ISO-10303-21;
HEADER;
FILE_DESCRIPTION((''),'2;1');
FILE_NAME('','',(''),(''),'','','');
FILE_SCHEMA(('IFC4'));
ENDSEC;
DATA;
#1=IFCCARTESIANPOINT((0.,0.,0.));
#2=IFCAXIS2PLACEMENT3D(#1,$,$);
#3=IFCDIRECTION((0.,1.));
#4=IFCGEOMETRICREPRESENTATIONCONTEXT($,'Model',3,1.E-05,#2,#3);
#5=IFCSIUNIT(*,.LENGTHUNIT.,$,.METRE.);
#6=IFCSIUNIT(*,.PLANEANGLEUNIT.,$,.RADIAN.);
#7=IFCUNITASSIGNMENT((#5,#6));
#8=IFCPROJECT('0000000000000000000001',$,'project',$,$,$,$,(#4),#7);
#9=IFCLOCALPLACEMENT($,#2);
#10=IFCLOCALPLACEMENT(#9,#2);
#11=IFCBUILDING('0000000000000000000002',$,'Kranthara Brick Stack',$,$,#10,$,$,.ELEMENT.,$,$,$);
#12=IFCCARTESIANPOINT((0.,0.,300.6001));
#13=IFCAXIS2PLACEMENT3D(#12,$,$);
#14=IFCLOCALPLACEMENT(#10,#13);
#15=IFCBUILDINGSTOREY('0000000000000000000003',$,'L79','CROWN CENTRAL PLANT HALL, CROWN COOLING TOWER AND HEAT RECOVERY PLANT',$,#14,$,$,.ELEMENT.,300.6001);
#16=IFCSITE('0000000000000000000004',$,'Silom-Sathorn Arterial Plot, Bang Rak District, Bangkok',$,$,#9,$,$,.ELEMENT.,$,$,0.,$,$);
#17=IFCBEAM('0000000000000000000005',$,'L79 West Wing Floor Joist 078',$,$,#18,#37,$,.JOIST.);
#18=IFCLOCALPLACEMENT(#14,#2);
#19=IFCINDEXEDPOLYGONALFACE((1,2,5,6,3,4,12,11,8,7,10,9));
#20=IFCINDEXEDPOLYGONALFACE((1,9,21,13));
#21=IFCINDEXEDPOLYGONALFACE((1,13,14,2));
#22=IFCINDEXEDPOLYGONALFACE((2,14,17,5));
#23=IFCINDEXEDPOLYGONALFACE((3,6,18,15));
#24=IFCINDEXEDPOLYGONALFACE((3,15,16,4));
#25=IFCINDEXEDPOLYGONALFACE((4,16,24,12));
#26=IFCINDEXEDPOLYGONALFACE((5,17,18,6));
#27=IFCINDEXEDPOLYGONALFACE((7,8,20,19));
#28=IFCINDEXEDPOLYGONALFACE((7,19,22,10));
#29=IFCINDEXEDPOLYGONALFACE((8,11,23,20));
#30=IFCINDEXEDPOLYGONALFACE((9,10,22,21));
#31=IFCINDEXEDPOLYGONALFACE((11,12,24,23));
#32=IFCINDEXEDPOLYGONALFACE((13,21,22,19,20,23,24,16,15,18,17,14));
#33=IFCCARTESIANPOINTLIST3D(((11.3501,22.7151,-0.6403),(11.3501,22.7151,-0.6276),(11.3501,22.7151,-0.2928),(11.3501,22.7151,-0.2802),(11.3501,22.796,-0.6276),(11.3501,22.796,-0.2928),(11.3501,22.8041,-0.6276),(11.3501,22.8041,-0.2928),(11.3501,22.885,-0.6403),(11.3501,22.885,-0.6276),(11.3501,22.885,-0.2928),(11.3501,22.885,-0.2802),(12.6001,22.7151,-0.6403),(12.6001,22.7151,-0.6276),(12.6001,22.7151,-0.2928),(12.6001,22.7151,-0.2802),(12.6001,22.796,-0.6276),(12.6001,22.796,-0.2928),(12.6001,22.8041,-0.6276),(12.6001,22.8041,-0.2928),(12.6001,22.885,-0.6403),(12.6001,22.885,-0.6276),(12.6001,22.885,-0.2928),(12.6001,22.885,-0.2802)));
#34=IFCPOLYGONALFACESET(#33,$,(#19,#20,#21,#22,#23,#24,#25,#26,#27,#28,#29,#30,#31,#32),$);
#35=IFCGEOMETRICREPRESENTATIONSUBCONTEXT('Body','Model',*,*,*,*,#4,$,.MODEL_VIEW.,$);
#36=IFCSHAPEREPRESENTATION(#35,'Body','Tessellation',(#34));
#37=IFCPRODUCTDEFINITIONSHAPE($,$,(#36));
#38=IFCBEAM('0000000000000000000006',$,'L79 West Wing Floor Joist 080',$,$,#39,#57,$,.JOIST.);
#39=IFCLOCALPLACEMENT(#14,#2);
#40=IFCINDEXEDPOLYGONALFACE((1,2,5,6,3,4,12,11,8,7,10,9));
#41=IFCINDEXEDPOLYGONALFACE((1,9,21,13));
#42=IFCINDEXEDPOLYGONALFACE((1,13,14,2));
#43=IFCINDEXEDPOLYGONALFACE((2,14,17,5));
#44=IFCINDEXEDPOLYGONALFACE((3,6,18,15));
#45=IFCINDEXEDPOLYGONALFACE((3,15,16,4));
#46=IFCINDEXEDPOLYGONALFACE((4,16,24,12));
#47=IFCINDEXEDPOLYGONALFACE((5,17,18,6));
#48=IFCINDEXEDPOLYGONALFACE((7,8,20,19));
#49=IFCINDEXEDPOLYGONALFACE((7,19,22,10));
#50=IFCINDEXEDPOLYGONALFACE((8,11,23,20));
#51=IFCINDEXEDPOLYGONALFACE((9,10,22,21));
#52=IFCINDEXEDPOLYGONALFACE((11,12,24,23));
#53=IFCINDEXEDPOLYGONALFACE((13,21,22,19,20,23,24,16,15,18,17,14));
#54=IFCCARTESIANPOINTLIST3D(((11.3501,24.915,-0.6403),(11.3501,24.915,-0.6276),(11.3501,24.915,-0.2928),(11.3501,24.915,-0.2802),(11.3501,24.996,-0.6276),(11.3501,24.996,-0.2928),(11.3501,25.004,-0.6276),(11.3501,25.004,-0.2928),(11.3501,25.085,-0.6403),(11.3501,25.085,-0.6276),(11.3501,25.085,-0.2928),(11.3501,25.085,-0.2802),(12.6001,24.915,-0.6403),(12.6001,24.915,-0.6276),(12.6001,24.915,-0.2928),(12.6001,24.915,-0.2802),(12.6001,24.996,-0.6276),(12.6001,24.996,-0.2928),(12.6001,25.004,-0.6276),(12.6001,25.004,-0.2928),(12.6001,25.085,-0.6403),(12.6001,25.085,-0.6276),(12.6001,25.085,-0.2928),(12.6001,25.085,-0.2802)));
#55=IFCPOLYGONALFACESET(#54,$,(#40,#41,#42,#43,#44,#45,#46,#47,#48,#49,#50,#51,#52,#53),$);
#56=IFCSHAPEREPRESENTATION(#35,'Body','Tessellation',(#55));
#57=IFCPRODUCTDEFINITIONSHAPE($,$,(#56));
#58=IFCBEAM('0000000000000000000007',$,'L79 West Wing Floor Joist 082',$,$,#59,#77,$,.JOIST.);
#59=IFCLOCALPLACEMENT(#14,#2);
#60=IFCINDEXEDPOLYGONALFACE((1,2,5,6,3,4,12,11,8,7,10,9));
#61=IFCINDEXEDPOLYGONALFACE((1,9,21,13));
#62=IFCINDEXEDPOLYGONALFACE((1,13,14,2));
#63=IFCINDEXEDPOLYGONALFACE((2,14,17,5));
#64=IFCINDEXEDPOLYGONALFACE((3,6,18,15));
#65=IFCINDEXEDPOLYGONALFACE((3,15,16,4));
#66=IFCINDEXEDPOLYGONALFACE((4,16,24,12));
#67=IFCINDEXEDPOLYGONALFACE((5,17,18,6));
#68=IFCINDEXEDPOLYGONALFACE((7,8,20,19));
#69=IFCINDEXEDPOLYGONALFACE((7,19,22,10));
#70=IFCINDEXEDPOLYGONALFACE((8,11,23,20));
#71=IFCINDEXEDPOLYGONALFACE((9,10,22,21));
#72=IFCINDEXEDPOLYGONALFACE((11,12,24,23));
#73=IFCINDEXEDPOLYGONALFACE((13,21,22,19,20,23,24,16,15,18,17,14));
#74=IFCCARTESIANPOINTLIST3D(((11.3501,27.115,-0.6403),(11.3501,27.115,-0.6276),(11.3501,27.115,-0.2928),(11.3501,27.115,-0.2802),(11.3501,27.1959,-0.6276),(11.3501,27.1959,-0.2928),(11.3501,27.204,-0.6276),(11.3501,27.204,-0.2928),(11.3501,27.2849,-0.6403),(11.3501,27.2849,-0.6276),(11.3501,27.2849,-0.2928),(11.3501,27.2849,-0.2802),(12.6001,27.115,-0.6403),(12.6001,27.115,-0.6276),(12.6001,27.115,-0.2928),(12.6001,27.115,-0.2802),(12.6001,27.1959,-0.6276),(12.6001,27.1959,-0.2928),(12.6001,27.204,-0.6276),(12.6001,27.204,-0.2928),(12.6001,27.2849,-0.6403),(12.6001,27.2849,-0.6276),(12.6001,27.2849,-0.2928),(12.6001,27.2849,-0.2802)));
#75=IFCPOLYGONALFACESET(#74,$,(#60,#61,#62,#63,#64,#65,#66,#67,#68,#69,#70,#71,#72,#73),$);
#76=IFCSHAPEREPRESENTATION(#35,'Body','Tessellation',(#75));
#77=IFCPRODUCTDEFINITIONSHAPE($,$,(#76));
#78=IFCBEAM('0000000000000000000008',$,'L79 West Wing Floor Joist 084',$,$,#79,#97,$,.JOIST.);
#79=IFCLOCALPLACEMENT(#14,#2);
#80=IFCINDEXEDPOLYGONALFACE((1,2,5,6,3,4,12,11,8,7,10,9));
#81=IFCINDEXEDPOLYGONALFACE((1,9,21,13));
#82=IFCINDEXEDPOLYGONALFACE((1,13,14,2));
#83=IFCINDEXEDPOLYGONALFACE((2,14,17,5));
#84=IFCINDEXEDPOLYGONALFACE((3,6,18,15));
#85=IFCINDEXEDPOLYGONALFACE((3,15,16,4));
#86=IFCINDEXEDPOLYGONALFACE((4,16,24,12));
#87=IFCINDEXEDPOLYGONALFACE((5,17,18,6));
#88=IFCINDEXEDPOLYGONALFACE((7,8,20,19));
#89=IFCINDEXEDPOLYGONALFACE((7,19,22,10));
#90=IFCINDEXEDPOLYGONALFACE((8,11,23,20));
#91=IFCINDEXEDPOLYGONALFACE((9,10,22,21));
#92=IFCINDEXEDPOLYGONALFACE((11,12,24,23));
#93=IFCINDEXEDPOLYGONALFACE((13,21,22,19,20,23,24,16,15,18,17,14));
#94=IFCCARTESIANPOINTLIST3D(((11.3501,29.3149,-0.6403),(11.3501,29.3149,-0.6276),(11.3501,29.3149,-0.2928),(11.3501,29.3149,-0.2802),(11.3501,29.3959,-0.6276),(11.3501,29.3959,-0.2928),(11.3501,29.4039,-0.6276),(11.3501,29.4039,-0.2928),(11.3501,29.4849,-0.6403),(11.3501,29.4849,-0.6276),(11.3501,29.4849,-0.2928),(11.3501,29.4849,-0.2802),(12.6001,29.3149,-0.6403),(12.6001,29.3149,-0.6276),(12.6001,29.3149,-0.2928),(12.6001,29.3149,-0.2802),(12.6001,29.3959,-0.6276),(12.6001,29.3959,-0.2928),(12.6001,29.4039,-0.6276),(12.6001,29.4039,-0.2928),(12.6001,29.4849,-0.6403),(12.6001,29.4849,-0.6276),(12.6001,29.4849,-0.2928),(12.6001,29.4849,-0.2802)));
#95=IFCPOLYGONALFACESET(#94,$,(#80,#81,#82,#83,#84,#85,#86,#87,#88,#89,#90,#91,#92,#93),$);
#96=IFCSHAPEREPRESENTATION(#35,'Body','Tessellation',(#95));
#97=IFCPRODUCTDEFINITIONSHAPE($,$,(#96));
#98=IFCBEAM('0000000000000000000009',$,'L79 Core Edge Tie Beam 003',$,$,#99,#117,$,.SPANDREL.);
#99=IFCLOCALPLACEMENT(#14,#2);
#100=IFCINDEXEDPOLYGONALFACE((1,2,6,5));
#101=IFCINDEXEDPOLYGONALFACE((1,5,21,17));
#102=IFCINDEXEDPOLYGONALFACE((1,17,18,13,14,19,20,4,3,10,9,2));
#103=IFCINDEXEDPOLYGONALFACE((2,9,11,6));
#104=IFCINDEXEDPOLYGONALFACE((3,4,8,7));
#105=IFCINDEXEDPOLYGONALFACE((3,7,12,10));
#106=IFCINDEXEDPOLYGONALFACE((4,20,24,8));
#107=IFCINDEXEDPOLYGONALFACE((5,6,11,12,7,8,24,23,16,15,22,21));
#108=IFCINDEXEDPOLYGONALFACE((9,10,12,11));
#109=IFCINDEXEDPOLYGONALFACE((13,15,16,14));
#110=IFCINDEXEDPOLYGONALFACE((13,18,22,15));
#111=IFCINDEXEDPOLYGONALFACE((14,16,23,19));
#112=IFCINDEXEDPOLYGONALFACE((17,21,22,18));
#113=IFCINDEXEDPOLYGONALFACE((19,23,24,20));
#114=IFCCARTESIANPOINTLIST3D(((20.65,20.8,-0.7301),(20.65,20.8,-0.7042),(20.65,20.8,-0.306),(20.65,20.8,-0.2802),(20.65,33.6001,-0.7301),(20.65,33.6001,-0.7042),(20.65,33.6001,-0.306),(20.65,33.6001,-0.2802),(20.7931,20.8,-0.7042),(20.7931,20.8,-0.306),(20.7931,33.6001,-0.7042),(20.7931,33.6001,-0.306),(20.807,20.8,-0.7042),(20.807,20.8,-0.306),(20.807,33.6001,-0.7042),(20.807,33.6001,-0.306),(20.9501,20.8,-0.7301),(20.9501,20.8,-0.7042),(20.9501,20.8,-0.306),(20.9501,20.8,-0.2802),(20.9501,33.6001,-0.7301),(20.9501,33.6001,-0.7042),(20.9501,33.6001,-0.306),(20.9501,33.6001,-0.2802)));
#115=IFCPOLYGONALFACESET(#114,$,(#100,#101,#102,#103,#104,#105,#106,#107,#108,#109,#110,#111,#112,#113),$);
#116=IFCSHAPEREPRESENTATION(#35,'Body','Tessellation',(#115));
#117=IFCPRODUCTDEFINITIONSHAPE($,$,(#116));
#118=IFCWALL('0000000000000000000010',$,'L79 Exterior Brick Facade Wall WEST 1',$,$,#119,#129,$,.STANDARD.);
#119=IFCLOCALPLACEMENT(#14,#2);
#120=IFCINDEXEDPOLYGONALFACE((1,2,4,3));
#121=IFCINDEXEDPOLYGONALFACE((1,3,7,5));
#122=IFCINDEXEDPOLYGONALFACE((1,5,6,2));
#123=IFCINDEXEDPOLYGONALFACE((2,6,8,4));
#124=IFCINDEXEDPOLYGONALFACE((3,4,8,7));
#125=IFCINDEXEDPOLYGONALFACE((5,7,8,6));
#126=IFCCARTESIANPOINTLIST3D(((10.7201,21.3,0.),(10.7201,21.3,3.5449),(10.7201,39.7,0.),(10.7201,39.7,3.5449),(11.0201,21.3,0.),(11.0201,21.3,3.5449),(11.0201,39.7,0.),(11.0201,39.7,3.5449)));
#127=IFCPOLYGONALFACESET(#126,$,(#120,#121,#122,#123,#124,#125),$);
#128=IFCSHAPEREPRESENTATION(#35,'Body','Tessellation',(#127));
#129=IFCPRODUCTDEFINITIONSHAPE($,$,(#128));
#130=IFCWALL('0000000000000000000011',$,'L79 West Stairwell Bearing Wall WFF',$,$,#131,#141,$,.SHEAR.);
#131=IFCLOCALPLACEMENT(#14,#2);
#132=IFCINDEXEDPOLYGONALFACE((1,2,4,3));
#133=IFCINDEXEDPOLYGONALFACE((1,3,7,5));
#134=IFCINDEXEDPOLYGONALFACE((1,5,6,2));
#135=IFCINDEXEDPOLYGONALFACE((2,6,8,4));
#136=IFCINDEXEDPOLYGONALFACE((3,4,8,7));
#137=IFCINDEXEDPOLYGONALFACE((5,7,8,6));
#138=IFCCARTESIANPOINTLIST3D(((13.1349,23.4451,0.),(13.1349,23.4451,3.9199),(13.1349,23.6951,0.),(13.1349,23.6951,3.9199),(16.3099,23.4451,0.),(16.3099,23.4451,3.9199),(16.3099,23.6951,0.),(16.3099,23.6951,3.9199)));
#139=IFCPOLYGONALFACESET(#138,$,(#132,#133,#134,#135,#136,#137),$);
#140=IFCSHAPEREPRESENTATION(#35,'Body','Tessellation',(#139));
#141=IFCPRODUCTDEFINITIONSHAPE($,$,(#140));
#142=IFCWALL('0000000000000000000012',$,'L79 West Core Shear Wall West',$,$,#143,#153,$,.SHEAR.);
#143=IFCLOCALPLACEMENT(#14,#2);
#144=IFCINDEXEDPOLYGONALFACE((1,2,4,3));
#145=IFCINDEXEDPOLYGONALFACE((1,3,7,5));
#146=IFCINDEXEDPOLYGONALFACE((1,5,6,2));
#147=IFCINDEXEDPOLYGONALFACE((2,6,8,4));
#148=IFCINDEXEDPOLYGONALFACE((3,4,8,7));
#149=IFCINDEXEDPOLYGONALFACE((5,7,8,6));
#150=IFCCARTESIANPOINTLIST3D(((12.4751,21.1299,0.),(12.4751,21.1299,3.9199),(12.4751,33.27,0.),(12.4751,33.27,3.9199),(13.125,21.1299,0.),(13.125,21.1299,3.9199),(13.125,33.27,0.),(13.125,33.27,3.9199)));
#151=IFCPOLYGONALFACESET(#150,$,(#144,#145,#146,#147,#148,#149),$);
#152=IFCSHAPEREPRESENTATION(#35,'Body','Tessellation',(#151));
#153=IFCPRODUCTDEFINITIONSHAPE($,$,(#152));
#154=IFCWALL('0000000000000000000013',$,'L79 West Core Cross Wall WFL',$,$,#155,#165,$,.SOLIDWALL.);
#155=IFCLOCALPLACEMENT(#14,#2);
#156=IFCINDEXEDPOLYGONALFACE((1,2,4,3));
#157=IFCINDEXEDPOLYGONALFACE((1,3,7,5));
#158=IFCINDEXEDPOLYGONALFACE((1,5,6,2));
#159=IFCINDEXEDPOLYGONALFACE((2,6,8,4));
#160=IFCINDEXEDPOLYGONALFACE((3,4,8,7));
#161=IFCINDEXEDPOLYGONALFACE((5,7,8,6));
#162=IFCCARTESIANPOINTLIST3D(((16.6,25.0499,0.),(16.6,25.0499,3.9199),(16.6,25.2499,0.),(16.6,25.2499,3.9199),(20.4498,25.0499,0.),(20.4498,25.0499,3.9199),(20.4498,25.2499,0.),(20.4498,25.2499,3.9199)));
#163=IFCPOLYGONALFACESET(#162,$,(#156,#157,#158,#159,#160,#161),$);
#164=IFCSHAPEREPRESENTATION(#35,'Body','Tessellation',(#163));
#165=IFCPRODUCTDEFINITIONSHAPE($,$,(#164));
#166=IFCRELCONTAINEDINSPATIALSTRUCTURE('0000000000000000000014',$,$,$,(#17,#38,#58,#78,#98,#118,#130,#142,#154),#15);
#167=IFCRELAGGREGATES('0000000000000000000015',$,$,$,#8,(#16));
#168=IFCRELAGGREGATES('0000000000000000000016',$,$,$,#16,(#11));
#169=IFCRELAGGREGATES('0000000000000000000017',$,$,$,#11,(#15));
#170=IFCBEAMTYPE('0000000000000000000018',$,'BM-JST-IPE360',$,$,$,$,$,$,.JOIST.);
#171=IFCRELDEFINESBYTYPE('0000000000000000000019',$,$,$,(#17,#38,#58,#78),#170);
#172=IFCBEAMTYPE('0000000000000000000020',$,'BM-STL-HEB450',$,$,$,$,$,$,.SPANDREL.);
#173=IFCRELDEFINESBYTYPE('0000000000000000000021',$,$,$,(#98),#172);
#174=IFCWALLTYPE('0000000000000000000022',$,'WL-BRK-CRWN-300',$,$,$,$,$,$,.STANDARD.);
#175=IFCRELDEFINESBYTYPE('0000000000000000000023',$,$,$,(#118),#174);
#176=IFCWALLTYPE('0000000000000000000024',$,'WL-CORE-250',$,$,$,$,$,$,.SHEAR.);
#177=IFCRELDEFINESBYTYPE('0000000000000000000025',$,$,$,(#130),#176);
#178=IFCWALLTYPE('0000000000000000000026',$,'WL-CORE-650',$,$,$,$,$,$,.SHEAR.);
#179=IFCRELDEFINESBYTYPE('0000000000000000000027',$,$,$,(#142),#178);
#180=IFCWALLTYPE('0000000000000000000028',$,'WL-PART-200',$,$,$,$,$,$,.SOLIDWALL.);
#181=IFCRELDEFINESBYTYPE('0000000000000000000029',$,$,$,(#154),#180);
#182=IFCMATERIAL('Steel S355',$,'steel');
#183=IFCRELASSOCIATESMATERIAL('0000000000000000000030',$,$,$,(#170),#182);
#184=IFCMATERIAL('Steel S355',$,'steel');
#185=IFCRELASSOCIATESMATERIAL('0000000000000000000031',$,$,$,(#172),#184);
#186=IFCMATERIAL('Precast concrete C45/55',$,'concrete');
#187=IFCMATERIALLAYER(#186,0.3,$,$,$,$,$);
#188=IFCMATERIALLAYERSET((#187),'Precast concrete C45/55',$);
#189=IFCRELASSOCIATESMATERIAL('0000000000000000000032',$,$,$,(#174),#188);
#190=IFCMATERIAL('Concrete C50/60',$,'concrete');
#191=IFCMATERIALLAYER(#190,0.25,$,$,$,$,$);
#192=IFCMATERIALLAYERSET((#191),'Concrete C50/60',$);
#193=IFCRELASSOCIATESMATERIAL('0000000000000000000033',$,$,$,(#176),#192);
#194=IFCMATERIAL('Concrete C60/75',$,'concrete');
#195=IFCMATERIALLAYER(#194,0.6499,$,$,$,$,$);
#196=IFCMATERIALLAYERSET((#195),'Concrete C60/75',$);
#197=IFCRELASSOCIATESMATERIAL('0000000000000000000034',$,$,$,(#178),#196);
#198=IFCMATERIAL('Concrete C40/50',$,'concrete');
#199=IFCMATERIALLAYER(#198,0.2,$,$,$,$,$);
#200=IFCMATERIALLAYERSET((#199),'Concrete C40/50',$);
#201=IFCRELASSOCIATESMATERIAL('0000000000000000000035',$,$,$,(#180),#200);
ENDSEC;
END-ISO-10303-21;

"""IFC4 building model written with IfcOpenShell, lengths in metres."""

from ifc_helpers import new_model, si_unit, direction, frame, frame_2d, origin, origin_2d, place, context, subcontext, project, spatial, rectangle, i_section, extrude, material, layer, layer_set, material_profile, profile_set, type_object, element, save


model = new_model("IFC4")

# Units and contexts
model_context = context("Model", 3, precision=1e-05, world=origin(), true_north=direction((0.0, 1.0)))
body_context = subcontext(model_context, "Body", "Model", "MODEL_VIEW")
ifc_project = project(units=[si_unit("LENGTHUNIT", "METRE"), si_unit("PLANEANGLEUNIT", "RADIAN")], contexts=[model_context])

# Site, building, storey
site_placement = place(None, origin())
site = spatial("IfcSite", under=ifc_project, at=site_placement, Name="Silom-Sathorn Arterial Plot, Bang Rak District, Bangkok", CompositionType="ELEMENT", RefElevation=0.0)
building_placement = place(site_placement, origin())
building = spatial("IfcBuilding", under=site, at=building_placement, Name="Kranthara Brick Stack", CompositionType="ELEMENT")
storey_placement = place(building_placement, frame((0.0, 0.0, 300.6001)))
storey = spatial("IfcBuildingStorey", under=building, at=storey_placement, Name="L79", Description="CROWN CENTRAL PLANT HALL, CROWN COOLING TOWER AND HEAT RECOVERY PLANT", CompositionType="ELEMENT", Elevation=300.6001)

# Beams
ifc_material_1 = material(Name="Steel S355", Category="steel")
ifc_material_profile_1 = material_profile(ifc_material_1, i_section(OverallWidth=0.1699, OverallDepth=0.3601, WebThickness=0.0081, FlangeThickness=0.0127, at=origin_2d()), Name="IPE 360")
ifc_profile_set_1 = profile_set([ifc_material_profile_1], Name="Steel S355")
beam_type_1 = type_object("IfcBeamType", Name="BM-JST-IPE360", PredefinedType="JOIST", material=ifc_profile_set_1)
for number, where, z_axis, x_axis, name in (
    (1, (11.3501, 22.8, -0.4602), (1.0, 0.0, 0.0), (0.0, 1.0, 0.0), "L79 West Wing Floor Joist 078"),
    (2, (11.3501, 25.0, -0.4602), (1.0, 0.0, 0.0), (0.0, 1.0, 0.0), "L79 West Wing Floor Joist 080"),
    (3, (11.3501, 27.2, -0.4602), (1.0, 0.0, 0.0), (0.0, 1.0, 0.0), "L79 West Wing Floor Joist 082"),
    (4, (11.3501, 29.3999, -0.4602), (1.0, 0.0, 0.0), (0.0, 1.0, 0.0), "L79 West Wing Floor Joist 084"),
):
    element("IfcBeam", number, at=place(storey_placement, frame(where, z_axis=z_axis, x_axis=x_axis)), inside=storey, type_object=beam_type_1, Name=name, PredefinedType="JOIST", context=body_context, shape_type="SweptSolid", body=[
        extrude(i_section(OverallWidth=0.1699, OverallDepth=0.3601, WebThickness=0.0081, FlangeThickness=0.0127, at=origin_2d()), origin(), (0.0, 0.0, 1.0), 1.25),
    ])
ifc_material_2 = material(Name="Steel S355", Category="steel")
ifc_material_profile_2 = material_profile(ifc_material_2, i_section(OverallWidth=0.3, OverallDepth=0.45, WebThickness=0.0139, FlangeThickness=0.0259, at=origin_2d()), Name="HEB 450")
ifc_profile_set_2 = profile_set([ifc_material_profile_2], Name="Steel S355")
beam_type_2 = type_object("IfcBeamType", Name="BM-STL-HEB450", PredefinedType="SPANDREL", material=ifc_profile_set_2)
beam_1_placement = place(storey_placement, frame((20.8, 20.8, -0.5051), z_axis=(0.0, 1.0, 0.0), x_axis=(-1.0, 0.0, 0.0)))
element("IfcBeam", 5, at=beam_1_placement, inside=storey, type_object=beam_type_2, Name="L79 Core Edge Tie Beam 003", PredefinedType="SPANDREL", context=body_context, shape_type="SweptSolid", body=[
    extrude(i_section(OverallWidth=0.3, OverallDepth=0.45, WebThickness=0.0139, FlangeThickness=0.0259, at=origin_2d()), origin(), (0.0, 0.0, 1.0), 12.8),
])

# Wall
ifc_material_3 = material(Name="Precast concrete C45/55", Category="concrete")
ifc_layer_1 = layer(ifc_material_3, 0.3)
ifc_layer_set_1 = layer_set([ifc_layer_1], Name="Precast concrete C45/55")
wall_type_1 = type_object("IfcWallType", Name="WL-BRK-CRWN-300", PredefinedType="STANDARD", material=ifc_layer_set_1)
wall_1_placement = place(storey_placement, frame((10.8701, 21.3, 0.0), z_axis=(0.0, 0.0, 1.0), x_axis=(0.0, 1.0, 0.0)))
element("IfcWall", 6, at=wall_1_placement, inside=storey, type_object=wall_type_1, Name="L79 Exterior Brick Facade Wall WEST 1", PredefinedType="STANDARD", context=body_context, shape_type="SweptSolid", body=[
    extrude(rectangle(XDim=18.3999, YDim=0.3, at=frame_2d((9.2, 0.0))), origin(), (0.0, 0.0, 1.0), 3.5449),
])

# Shared definitions
ifc_material_4 = material(Name="Concrete C50/60", Category="concrete")
ifc_layer_2 = layer(ifc_material_4, 0.25)
ifc_layer_set_2 = layer_set([ifc_layer_2], Name="Concrete C50/60")
wall_type_2 = type_object("IfcWallType", Name="WL-CORE-250", PredefinedType="SHEAR", material=ifc_layer_set_2)

# Walls
wall_2_placement = place(storey_placement, frame((13.135, 23.5701, 0.0), z_axis=(0.0, 0.0, 1.0), x_axis=(1.0, 0.0, 0.0)))
element("IfcWall", 7, at=wall_2_placement, inside=storey, type_object=wall_type_2, Name="L79 West Stairwell Bearing Wall WFF", PredefinedType="SHEAR", context=body_context, shape_type="SweptSolid", body=[
    extrude(rectangle(XDim=3.175, YDim=0.25, at=frame_2d((1.5874, 0.0))), origin(), (0.0, 0.0, 1.0), 3.9199),
])
ifc_material_5 = material(Name="Concrete C60/75", Category="concrete")
ifc_layer_3 = layer(ifc_material_5, 0.6499)
ifc_layer_set_3 = layer_set([ifc_layer_3], Name="Concrete C60/75")
wall_type_3 = type_object("IfcWallType", Name="WL-CORE-650", PredefinedType="SHEAR", material=ifc_layer_set_3)
wall_3_placement = place(storey_placement, frame((12.8, 21.1299, 0.0), z_axis=(0.0, 0.0, 1.0), x_axis=(0.0, 1.0, 0.0)))
element("IfcWall", 8, at=wall_3_placement, inside=storey, type_object=wall_type_3, Name="L79 West Core Shear Wall West", PredefinedType="SHEAR", context=body_context, shape_type="SweptSolid", body=[
    extrude(rectangle(XDim=12.1401, YDim=0.6499, at=frame_2d((6.0701, 0.0))), origin(), (0.0, 0.0, 1.0), 3.9199),
])

# Wall
ifc_material_6 = material(Name="Concrete C40/50", Category="concrete")
ifc_layer_4 = layer(ifc_material_6, 0.2)
ifc_layer_set_4 = layer_set([ifc_layer_4], Name="Concrete C40/50")
wall_type_4 = type_object("IfcWallType", Name="WL-PART-200", PredefinedType="SOLIDWALL", material=ifc_layer_set_4)
wall_4_placement = place(storey_placement, frame((16.6001, 25.1499, 0.0), z_axis=(0.0, 0.0, 1.0), x_axis=(1.0, 0.0, 0.0)))
element("IfcWall", 9, at=wall_4_placement, inside=storey, type_object=wall_type_4, Name="L79 West Core Cross Wall WFL", PredefinedType="SOLIDWALL", context=body_context, shape_type="SweptSolid", body=[
    extrude(rectangle(XDim=3.8499, YDim=0.2, at=frame_2d((1.9248, 0.0))), origin(), (0.0, 0.0, 1.0), 3.9199),
])

save(model, "model.ifc")
